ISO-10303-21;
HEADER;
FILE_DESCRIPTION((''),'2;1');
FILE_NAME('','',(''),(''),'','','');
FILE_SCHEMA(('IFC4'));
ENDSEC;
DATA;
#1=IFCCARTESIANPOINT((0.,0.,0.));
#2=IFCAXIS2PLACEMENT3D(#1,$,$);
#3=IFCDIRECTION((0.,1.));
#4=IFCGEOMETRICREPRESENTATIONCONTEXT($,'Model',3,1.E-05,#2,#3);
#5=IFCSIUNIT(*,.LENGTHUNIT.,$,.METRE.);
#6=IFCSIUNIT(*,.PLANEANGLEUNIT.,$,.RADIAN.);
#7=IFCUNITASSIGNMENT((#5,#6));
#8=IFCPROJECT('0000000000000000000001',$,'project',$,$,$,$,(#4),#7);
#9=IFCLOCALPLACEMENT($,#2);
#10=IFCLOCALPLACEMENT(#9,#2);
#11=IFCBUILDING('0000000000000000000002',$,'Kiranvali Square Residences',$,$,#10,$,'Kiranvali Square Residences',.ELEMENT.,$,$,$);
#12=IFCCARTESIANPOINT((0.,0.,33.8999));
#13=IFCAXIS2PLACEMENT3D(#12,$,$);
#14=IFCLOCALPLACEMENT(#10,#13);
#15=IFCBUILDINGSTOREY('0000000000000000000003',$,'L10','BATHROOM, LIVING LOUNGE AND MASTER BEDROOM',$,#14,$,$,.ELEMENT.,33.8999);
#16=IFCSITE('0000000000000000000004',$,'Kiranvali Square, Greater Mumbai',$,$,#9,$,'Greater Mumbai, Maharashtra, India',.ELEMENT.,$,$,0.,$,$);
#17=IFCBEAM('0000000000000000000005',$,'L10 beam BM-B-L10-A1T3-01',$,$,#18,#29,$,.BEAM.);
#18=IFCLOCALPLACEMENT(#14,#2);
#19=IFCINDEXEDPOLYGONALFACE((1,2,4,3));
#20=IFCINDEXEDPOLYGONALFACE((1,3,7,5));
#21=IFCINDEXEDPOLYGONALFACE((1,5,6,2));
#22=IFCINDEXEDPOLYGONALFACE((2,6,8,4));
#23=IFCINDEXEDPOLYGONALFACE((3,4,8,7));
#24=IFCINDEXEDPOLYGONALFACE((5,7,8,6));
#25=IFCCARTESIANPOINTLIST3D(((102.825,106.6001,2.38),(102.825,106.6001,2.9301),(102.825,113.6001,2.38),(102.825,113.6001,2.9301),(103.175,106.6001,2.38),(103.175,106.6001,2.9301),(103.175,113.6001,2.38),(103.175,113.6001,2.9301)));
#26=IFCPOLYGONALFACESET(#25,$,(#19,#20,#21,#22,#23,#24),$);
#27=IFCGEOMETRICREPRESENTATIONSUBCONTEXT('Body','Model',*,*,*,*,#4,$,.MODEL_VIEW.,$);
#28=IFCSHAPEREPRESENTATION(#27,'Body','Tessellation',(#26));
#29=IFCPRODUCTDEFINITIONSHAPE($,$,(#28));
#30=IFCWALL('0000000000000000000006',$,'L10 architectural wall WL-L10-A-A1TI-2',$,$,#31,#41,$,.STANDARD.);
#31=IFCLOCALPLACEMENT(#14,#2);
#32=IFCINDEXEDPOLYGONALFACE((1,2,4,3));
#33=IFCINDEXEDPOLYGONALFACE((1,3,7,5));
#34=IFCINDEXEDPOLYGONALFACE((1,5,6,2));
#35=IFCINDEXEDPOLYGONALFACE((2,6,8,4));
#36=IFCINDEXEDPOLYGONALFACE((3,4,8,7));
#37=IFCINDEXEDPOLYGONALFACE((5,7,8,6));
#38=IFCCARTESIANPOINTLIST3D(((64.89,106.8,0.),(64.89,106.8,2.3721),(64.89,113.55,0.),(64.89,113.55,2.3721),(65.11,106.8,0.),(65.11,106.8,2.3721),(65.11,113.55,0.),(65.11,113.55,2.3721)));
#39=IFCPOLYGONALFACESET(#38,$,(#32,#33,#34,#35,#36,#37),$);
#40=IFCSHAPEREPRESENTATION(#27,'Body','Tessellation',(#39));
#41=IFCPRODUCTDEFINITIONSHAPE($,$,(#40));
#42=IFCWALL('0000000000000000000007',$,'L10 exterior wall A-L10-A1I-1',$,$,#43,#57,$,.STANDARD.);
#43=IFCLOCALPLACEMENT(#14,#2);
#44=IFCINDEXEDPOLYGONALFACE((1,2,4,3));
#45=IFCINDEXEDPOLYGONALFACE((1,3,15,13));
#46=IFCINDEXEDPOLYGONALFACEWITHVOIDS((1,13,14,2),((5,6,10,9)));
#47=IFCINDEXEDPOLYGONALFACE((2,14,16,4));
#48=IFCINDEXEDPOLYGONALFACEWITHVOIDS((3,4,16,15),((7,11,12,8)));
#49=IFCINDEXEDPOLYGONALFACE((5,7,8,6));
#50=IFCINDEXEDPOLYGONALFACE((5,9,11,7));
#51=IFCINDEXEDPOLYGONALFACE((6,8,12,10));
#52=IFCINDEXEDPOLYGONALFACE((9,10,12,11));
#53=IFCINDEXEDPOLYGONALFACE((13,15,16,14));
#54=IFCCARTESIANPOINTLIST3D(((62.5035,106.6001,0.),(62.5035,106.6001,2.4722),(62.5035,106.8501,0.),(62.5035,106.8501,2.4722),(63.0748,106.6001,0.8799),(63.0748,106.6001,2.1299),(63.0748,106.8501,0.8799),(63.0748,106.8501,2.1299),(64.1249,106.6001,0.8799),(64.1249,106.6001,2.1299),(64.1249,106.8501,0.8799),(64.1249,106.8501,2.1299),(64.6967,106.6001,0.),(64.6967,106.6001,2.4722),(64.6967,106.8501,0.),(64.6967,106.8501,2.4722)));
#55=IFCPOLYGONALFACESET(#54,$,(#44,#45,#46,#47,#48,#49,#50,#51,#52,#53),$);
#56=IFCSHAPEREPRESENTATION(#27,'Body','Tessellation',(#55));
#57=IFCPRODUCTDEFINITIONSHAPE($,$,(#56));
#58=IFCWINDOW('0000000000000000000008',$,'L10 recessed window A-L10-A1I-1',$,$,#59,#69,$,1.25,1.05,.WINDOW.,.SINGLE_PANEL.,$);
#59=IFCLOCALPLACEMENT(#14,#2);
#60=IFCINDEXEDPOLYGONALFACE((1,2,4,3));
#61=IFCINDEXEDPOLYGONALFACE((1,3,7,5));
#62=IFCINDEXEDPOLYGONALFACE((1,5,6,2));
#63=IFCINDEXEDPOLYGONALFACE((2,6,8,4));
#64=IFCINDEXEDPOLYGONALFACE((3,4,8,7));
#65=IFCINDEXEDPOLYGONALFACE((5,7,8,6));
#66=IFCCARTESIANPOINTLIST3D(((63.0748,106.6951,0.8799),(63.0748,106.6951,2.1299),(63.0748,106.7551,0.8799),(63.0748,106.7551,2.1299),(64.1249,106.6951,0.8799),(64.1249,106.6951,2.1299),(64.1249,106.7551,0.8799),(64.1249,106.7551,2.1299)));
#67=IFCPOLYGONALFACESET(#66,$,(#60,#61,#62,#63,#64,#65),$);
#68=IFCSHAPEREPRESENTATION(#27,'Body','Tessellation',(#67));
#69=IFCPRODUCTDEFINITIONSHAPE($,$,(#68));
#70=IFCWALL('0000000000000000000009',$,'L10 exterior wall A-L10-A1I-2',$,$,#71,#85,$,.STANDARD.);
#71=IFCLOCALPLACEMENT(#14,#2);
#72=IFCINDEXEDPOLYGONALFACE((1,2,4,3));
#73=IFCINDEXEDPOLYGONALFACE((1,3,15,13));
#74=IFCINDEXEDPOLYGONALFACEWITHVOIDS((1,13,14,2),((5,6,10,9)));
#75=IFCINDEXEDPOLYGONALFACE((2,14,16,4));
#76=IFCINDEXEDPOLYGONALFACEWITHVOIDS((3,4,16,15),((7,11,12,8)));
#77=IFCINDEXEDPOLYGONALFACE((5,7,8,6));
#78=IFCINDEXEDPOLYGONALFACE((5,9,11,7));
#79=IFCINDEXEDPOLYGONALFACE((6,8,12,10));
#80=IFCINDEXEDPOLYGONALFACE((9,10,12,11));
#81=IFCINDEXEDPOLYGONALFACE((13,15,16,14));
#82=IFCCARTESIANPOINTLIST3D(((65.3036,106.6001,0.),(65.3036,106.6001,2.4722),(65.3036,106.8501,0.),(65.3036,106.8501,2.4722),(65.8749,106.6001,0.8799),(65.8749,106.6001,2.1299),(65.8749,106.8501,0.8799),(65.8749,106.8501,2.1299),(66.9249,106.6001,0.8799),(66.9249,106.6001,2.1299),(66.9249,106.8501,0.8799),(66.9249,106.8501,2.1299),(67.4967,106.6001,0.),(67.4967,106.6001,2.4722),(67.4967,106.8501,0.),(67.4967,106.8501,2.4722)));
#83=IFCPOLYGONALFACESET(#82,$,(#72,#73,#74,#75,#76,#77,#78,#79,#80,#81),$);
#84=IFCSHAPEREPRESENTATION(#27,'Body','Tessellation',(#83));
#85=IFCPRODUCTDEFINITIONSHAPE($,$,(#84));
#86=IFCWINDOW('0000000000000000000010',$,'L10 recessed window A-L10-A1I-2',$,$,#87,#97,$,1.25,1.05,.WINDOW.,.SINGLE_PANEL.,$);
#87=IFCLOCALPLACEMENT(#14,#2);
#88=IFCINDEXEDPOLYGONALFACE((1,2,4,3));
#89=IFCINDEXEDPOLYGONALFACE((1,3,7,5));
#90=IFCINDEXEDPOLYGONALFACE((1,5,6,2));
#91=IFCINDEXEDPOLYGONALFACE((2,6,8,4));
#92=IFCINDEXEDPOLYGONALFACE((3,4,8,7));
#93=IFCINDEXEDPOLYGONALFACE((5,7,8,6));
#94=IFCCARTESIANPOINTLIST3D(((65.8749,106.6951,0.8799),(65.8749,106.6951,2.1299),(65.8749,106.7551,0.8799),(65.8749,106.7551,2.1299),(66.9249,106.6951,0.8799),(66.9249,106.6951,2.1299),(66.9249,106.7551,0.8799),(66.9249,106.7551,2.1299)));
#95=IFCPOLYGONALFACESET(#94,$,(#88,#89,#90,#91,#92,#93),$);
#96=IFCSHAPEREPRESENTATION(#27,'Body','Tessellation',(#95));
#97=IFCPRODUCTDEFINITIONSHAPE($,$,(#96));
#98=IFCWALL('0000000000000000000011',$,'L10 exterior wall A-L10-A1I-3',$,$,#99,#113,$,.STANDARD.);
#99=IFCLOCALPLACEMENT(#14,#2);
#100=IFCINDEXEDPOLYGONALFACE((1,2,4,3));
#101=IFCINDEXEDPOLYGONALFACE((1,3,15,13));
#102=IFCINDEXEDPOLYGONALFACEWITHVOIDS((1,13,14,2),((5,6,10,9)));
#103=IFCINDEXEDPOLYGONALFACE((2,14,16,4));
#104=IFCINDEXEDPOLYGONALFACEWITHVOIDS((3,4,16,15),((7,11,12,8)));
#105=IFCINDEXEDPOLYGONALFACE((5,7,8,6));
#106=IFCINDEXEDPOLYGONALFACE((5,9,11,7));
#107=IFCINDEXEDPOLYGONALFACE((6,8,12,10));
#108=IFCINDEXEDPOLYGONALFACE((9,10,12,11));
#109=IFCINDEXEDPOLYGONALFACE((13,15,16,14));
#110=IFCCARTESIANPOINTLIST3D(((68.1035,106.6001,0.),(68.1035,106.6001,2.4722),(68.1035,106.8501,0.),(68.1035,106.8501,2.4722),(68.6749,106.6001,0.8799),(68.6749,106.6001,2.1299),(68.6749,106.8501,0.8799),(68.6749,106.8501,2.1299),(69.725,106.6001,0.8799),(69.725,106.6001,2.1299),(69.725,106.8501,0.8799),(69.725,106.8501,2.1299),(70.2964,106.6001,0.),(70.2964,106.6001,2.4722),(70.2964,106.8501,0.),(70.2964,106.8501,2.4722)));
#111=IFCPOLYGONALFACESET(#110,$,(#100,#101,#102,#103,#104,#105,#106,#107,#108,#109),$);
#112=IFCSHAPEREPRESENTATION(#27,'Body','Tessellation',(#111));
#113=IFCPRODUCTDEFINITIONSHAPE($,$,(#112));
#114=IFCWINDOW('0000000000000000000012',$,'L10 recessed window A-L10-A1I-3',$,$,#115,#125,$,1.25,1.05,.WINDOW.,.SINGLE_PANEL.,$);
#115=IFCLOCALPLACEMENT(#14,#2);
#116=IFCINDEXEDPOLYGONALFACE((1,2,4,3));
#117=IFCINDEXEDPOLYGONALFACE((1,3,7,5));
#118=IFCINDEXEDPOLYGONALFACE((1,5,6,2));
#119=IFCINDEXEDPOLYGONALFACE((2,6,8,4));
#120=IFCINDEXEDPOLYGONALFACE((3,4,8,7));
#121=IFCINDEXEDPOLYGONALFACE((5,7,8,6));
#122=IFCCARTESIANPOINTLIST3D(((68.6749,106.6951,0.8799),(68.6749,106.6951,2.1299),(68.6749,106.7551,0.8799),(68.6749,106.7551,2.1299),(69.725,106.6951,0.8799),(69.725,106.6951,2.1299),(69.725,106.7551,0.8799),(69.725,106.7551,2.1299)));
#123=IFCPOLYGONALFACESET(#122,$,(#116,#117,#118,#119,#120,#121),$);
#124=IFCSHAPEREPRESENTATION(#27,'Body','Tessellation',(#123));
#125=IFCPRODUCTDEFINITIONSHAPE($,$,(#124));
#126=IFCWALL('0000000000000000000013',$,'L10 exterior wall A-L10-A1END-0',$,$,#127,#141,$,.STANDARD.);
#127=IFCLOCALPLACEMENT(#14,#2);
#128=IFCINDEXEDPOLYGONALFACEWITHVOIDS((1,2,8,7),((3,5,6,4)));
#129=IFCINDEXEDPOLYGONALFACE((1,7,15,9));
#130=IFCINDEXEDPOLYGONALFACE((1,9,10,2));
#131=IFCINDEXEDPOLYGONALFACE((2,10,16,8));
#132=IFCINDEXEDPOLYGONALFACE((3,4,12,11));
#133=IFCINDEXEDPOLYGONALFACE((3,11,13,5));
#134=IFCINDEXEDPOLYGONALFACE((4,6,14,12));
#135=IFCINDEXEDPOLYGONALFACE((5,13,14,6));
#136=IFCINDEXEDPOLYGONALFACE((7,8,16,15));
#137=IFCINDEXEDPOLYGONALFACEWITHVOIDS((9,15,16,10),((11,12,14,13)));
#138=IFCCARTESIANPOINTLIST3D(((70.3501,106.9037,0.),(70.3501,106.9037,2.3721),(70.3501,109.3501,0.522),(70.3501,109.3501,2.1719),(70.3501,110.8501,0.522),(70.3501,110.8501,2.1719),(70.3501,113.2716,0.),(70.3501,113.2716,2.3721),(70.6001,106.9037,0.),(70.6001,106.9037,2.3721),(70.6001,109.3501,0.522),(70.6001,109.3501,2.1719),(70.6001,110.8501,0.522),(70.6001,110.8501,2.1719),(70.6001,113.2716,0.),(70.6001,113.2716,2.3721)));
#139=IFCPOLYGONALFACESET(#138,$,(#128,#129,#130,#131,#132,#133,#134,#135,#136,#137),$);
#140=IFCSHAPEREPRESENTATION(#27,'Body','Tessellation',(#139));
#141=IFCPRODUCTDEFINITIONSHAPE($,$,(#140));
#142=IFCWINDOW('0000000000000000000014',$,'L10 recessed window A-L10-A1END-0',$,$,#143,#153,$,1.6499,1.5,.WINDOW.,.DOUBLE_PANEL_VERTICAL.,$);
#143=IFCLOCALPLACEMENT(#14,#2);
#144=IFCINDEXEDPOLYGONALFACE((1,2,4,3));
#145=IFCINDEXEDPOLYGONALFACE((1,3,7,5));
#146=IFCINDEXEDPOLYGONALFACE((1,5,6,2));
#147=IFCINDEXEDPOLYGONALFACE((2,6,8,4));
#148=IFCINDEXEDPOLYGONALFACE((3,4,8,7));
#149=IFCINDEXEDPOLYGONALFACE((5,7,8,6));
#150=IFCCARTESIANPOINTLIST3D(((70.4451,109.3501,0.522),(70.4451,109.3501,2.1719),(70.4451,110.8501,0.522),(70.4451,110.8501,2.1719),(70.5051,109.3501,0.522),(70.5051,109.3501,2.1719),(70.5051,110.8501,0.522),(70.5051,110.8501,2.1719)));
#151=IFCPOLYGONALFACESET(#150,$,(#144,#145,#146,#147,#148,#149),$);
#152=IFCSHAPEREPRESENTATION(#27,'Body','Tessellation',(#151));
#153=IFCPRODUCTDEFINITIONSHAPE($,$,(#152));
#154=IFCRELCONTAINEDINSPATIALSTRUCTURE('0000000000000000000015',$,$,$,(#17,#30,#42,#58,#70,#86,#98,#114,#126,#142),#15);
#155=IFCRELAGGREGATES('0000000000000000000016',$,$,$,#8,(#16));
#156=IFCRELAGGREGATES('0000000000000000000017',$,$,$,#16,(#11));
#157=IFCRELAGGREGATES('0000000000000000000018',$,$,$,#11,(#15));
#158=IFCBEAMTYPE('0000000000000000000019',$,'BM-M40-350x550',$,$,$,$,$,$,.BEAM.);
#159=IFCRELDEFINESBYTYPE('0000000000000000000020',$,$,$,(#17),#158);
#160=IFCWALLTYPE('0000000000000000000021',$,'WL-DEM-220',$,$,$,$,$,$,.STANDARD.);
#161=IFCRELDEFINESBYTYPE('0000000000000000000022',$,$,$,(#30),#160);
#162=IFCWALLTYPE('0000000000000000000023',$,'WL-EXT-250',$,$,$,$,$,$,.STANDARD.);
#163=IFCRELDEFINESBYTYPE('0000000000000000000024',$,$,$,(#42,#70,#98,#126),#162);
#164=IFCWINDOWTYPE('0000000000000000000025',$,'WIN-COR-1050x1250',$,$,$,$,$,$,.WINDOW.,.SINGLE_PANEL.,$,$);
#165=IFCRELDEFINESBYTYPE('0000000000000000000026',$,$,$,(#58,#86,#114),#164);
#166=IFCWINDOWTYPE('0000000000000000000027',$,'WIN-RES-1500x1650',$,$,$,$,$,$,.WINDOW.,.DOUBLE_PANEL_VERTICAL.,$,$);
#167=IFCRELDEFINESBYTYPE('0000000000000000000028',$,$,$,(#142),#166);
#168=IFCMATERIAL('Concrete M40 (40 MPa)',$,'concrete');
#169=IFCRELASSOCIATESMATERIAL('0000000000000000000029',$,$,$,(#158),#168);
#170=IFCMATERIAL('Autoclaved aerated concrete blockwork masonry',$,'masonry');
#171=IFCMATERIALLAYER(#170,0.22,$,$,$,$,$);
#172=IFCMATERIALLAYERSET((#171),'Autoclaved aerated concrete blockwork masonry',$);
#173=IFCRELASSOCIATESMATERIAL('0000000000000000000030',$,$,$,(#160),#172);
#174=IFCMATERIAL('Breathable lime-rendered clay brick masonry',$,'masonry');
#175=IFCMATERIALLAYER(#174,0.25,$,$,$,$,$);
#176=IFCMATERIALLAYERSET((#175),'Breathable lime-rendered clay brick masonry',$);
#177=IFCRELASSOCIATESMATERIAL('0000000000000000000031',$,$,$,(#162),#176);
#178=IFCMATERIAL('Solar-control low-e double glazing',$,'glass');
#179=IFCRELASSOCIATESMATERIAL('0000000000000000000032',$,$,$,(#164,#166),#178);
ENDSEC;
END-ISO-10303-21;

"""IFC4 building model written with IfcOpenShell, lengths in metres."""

from ifc_helpers import new_model, si_unit, direction, frame, frame_2d, origin, origin_2d, place, context, subcontext, project, spatial, rectangle, extrude, material, layer, layer_set, material_profile, profile_set, type_object, element, fill, save


model = new_model("IFC4")

# Units and contexts
model_context = context("Model", 3, precision=1e-05, world=origin(), true_north=direction((0.0, 1.0)))
body_context = subcontext(model_context, "Body", "Model", "MODEL_VIEW")
ifc_project = project(units=[si_unit("LENGTHUNIT", "METRE"), si_unit("PLANEANGLEUNIT", "RADIAN")], contexts=[model_context])

# Site, building, storey
site_placement = place(None, origin())
site = spatial("IfcSite", under=ifc_project, at=site_placement, Name="Kiranvali Square, Greater Mumbai", LongName="Greater Mumbai, Maharashtra, India", CompositionType="ELEMENT", RefElevation=0.0)
building_placement = place(site_placement, origin())
building = spatial("IfcBuilding", under=site, at=building_placement, Name="Kiranvali Square Residences", LongName="Kiranvali Square Residences", CompositionType="ELEMENT")
storey_placement = place(building_placement, frame((0.0, 0.0, 33.8999)))
storey = spatial("IfcBuildingStorey", under=building, at=storey_placement, Name="L10", Description="BATHROOM, LIVING LOUNGE AND MASTER BEDROOM", CompositionType="ELEMENT", Elevation=33.8999)

# Beam
ifc_material_1 = material(Name="Concrete M40 (40 MPa)", Category="concrete")
ifc_material_profile = material_profile(ifc_material_1, rectangle(XDim=0.3501, YDim=0.55, at=origin_2d()), Name="RC 350x550")
ifc_profile_set = profile_set([ifc_material_profile], Name="Concrete M40 (40 MPa)")
beam_type = type_object("IfcBeamType", Name="BM-M40-350x550", PredefinedType="BEAM", material=ifc_profile_set)
beam_placement = place(storey_placement, frame((103.0, 106.6001, 2.655), z_axis=(0.0, 1.0, 0.0), x_axis=(-1.0, 0.0, 0.0)))
element("IfcBeam", 1, at=beam_placement, inside=storey, type_object=beam_type, Name="L10 beam BM-B-L10-A1T3-01", PredefinedType="BEAM", context=body_context, shape_type="SweptSolid", body=[
    extrude(rectangle(XDim=0.3501, YDim=0.55, at=origin_2d()), origin(), (0.0, 0.0, 1.0), 7.0),
])

# Wall
ifc_material_2 = material(Name="Autoclaved aerated concrete blockwork masonry", Category="masonry")
ifc_layer_1 = layer(ifc_material_2, 0.22)
ifc_layer_set_1 = layer_set([ifc_layer_1], Name="Autoclaved aerated concrete blockwork masonry")
wall_type_1 = type_object("IfcWallType", Name="WL-DEM-220", PredefinedType="STANDARD", material=ifc_layer_set_1)
wall_1_placement = place(storey_placement, frame((65.0, 106.8, 0.0), z_axis=(0.0, 0.0, 1.0), x_axis=(0.0, 1.0, 0.0)))
element("IfcWall", 2, at=wall_1_placement, inside=storey, type_object=wall_type_1, Name="L10 architectural wall WL-L10-A-A1TI-2", PredefinedType="STANDARD", context=body_context, shape_type="SweptSolid", body=[
    extrude(rectangle(XDim=6.75, YDim=0.22, at=frame_2d((3.375, 0.0))), origin(), (0.0, 0.0, 1.0), 2.3721),
])

# Walls, openings, windows
ifc_material_3 = material(Name="Breathable lime-rendered clay brick masonry", Category="masonry")
ifc_layer_2 = layer(ifc_material_3, 0.25)
ifc_layer_set_2 = layer_set([ifc_layer_2], Name="Breathable lime-rendered clay brick masonry")
wall_type_2 = type_object("IfcWallType", Name="WL-EXT-250", PredefinedType="STANDARD", material=ifc_layer_set_2)
wall_2_placement = place(storey_placement, frame((62.5034, 106.7251, 0.0), z_axis=(0.0, 0.0, 1.0), x_axis=(1.0, 0.0, 0.0)))
wall_2 = element("IfcWall", 3, at=wall_2_placement, inside=storey, type_object=wall_type_2, Name="L10 exterior wall A-L10-A1I-1", PredefinedType="STANDARD", context=body_context, shape_type="SweptSolid", body=[
    extrude(rectangle(XDim=2.1931, YDim=0.25, at=frame_2d((1.0967, 0.0))), origin(), (0.0, 0.0, 1.0), 2.4722),
])
opening_1_placement = place(wall_2_placement, frame((0.5715, 0.0, 0.8799)))
opening_1 = element("IfcOpeningElement", 4, at=opening_1_placement, cuts=wall_2, PredefinedType="OPENING", context=body_context, shape_type="SweptSolid", body=[
    extrude(rectangle(XDim=1.05, YDim=1.25, at=frame_2d((0.5249, 0.625))), frame((0.0, 0.135, 0.0), z_axis=(0.0, -1.0, 0.0), x_axis=(1.0, 0.0, 0.0)), (0.0, 0.0, 1.0), 0.27),
])
ifc_material_4 = material(Name="Solar-control low-e double glazing", Category="glass")
window_type_1 = type_object("IfcWindowType", Name="WIN-COR-1050x1250", PartitioningType="SINGLE_PANEL", PredefinedType="WINDOW", material=ifc_material_4)
window_1_placement = place(opening_1_placement, origin())
window_1 = element("IfcWindow", 5, at=window_1_placement, inside=storey, type_object=window_type_1, Name="L10 recessed window A-L10-A1I-1", OverallHeight=1.25, OverallWidth=1.05, PartitioningType="SINGLE_PANEL", PredefinedType="WINDOW", context=body_context, shape_type="SweptSolid", body=[
    extrude(rectangle(XDim=1.05, YDim=1.25, at=frame_2d((0.5249, 0.625))), frame((0.0, 0.03, 0.0), z_axis=(0.0, -1.0, 0.0), x_axis=(1.0, 0.0, 0.0)), (0.0, 0.0, 1.0), 0.0601),
])
fill(opening_1, window_1)
wall_3_placement = place(storey_placement, frame((65.3035, 106.7251, 0.0), z_axis=(0.0, 0.0, 1.0), x_axis=(1.0, 0.0, 0.0)))
wall_3 = element("IfcWall", 6, at=wall_3_placement, inside=storey, type_object=wall_type_2, Name="L10 exterior wall A-L10-A1I-2", PredefinedType="STANDARD", context=body_context, shape_type="SweptSolid", body=[
    extrude(rectangle(XDim=2.1931, YDim=0.25, at=frame_2d((1.0967, 0.0))), origin(), (0.0, 0.0, 1.0), 2.4722),
])
opening_2_placement = place(wall_3_placement, frame((0.5715, 0.0, 0.8799)))
opening_2 = element("IfcOpeningElement", 7, at=opening_2_placement, cuts=wall_3, PredefinedType="OPENING", context=body_context, shape_type="SweptSolid", body=[
    extrude(rectangle(XDim=1.05, YDim=1.25, at=frame_2d((0.5249, 0.625))), frame((0.0, 0.135, 0.0), z_axis=(0.0, -1.0, 0.0), x_axis=(1.0, 0.0, 0.0)), (0.0, 0.0, 1.0), 0.27),
])
window_2_placement = place(opening_2_placement, origin())
window_2 = element("IfcWindow", 8, at=window_2_placement, inside=storey, type_object=window_type_1, Name="L10 recessed window A-L10-A1I-2", OverallHeight=1.25, OverallWidth=1.05, PartitioningType="SINGLE_PANEL", PredefinedType="WINDOW", context=body_context, shape_type="SweptSolid", body=[
    extrude(rectangle(XDim=1.05, YDim=1.25, at=frame_2d((0.5249, 0.625))), frame((0.0, 0.03, 0.0), z_axis=(0.0, -1.0, 0.0), x_axis=(1.0, 0.0, 0.0)), (0.0, 0.0, 1.0), 0.0601),
])
fill(opening_2, window_2)
wall_4_placement = place(storey_placement, frame((68.1035, 106.7251, 0.0), z_axis=(0.0, 0.0, 1.0), x_axis=(1.0, 0.0, 0.0)))
wall_4 = element("IfcWall", 9, at=wall_4_placement, inside=storey, type_object=wall_type_2, Name="L10 exterior wall A-L10-A1I-3", PredefinedType="STANDARD", context=body_context, shape_type="SweptSolid", body=[
    extrude(rectangle(XDim=2.1929, YDim=0.25, at=frame_2d((1.0964, 0.0))), origin(), (0.0, 0.0, 1.0), 2.4722),
])
opening_3_placement = place(wall_4_placement, frame((0.5715, 0.0, 0.8799)))
opening_3 = element("IfcOpeningElement", 10, at=opening_3_placement, cuts=wall_4, PredefinedType="OPENING", context=body_context, shape_type="SweptSolid", body=[
    extrude(rectangle(XDim=1.05, YDim=1.25, at=frame_2d((0.5249, 0.625))), frame((0.0, 0.135, 0.0), z_axis=(0.0, -1.0, 0.0), x_axis=(1.0, 0.0, 0.0)), (0.0, 0.0, 1.0), 0.27),
])
window_3_placement = place(opening_3_placement, origin())
window_3 = element("IfcWindow", 11, at=window_3_placement, inside=storey, type_object=window_type_1, Name="L10 recessed window A-L10-A1I-3", OverallHeight=1.25, OverallWidth=1.05, PartitioningType="SINGLE_PANEL", PredefinedType="WINDOW", context=body_context, shape_type="SweptSolid", body=[
    extrude(rectangle(XDim=1.05, YDim=1.25, at=frame_2d((0.5249, 0.625))), frame((0.0, 0.03, 0.0), z_axis=(0.0, -1.0, 0.0), x_axis=(1.0, 0.0, 0.0)), (0.0, 0.0, 1.0), 0.0601),
])
fill(opening_3, window_3)
wall_5_placement = place(storey_placement, frame((70.4751, 106.9036, 0.0), z_axis=(0.0, 0.0, 1.0), x_axis=(0.0, 1.0, 0.0)))
wall_5 = element("IfcWall", 12, at=wall_5_placement, inside=storey, type_object=wall_type_2, Name="L10 exterior wall A-L10-A1END-0", PredefinedType="STANDARD", context=body_context, shape_type="SweptSolid", body=[
    extrude(rectangle(XDim=6.3679, YDim=0.25, at=frame_2d((3.1841, 0.0))), origin(), (0.0, 0.0, 1.0), 2.3721),
])
opening_4_placement = place(wall_5_placement, frame((2.4465, 0.0, 0.522)))
opening_4 = element("IfcOpeningElement", 13, at=opening_4_placement, cuts=wall_5, PredefinedType="OPENING", context=body_context, shape_type="SweptSolid", body=[
    extrude(rectangle(XDim=1.5, YDim=1.6499, at=frame_2d((0.75, 0.825))), frame((0.0, 0.135, 0.0), z_axis=(0.0, -1.0, 0.0), x_axis=(1.0, 0.0, 0.0)), (0.0, 0.0, 1.0), 0.27),
])
window_type_2 = type_object("IfcWindowType", Name="WIN-RES-1500x1650", PartitioningType="DOUBLE_PANEL_VERTICAL", PredefinedType="WINDOW", material=ifc_material_4)
window_4_placement = place(opening_4_placement, origin())
window_4 = element("IfcWindow", 14, at=window_4_placement, inside=storey, type_object=window_type_2, Name="L10 recessed window A-L10-A1END-0", OverallHeight=1.6499, OverallWidth=1.5, PartitioningType="DOUBLE_PANEL_VERTICAL", PredefinedType="WINDOW", context=body_context, shape_type="SweptSolid", body=[
    extrude(rectangle(XDim=1.5, YDim=1.6499, at=frame_2d((0.75, 0.825))), frame((0.0, 0.03, 0.0), z_axis=(0.0, -1.0, 0.0), x_axis=(1.0, 0.0, 0.0)), (0.0, 0.0, 1.0), 0.0601),
])
fill(opening_4, window_4)

save(model, "model.ifc")
